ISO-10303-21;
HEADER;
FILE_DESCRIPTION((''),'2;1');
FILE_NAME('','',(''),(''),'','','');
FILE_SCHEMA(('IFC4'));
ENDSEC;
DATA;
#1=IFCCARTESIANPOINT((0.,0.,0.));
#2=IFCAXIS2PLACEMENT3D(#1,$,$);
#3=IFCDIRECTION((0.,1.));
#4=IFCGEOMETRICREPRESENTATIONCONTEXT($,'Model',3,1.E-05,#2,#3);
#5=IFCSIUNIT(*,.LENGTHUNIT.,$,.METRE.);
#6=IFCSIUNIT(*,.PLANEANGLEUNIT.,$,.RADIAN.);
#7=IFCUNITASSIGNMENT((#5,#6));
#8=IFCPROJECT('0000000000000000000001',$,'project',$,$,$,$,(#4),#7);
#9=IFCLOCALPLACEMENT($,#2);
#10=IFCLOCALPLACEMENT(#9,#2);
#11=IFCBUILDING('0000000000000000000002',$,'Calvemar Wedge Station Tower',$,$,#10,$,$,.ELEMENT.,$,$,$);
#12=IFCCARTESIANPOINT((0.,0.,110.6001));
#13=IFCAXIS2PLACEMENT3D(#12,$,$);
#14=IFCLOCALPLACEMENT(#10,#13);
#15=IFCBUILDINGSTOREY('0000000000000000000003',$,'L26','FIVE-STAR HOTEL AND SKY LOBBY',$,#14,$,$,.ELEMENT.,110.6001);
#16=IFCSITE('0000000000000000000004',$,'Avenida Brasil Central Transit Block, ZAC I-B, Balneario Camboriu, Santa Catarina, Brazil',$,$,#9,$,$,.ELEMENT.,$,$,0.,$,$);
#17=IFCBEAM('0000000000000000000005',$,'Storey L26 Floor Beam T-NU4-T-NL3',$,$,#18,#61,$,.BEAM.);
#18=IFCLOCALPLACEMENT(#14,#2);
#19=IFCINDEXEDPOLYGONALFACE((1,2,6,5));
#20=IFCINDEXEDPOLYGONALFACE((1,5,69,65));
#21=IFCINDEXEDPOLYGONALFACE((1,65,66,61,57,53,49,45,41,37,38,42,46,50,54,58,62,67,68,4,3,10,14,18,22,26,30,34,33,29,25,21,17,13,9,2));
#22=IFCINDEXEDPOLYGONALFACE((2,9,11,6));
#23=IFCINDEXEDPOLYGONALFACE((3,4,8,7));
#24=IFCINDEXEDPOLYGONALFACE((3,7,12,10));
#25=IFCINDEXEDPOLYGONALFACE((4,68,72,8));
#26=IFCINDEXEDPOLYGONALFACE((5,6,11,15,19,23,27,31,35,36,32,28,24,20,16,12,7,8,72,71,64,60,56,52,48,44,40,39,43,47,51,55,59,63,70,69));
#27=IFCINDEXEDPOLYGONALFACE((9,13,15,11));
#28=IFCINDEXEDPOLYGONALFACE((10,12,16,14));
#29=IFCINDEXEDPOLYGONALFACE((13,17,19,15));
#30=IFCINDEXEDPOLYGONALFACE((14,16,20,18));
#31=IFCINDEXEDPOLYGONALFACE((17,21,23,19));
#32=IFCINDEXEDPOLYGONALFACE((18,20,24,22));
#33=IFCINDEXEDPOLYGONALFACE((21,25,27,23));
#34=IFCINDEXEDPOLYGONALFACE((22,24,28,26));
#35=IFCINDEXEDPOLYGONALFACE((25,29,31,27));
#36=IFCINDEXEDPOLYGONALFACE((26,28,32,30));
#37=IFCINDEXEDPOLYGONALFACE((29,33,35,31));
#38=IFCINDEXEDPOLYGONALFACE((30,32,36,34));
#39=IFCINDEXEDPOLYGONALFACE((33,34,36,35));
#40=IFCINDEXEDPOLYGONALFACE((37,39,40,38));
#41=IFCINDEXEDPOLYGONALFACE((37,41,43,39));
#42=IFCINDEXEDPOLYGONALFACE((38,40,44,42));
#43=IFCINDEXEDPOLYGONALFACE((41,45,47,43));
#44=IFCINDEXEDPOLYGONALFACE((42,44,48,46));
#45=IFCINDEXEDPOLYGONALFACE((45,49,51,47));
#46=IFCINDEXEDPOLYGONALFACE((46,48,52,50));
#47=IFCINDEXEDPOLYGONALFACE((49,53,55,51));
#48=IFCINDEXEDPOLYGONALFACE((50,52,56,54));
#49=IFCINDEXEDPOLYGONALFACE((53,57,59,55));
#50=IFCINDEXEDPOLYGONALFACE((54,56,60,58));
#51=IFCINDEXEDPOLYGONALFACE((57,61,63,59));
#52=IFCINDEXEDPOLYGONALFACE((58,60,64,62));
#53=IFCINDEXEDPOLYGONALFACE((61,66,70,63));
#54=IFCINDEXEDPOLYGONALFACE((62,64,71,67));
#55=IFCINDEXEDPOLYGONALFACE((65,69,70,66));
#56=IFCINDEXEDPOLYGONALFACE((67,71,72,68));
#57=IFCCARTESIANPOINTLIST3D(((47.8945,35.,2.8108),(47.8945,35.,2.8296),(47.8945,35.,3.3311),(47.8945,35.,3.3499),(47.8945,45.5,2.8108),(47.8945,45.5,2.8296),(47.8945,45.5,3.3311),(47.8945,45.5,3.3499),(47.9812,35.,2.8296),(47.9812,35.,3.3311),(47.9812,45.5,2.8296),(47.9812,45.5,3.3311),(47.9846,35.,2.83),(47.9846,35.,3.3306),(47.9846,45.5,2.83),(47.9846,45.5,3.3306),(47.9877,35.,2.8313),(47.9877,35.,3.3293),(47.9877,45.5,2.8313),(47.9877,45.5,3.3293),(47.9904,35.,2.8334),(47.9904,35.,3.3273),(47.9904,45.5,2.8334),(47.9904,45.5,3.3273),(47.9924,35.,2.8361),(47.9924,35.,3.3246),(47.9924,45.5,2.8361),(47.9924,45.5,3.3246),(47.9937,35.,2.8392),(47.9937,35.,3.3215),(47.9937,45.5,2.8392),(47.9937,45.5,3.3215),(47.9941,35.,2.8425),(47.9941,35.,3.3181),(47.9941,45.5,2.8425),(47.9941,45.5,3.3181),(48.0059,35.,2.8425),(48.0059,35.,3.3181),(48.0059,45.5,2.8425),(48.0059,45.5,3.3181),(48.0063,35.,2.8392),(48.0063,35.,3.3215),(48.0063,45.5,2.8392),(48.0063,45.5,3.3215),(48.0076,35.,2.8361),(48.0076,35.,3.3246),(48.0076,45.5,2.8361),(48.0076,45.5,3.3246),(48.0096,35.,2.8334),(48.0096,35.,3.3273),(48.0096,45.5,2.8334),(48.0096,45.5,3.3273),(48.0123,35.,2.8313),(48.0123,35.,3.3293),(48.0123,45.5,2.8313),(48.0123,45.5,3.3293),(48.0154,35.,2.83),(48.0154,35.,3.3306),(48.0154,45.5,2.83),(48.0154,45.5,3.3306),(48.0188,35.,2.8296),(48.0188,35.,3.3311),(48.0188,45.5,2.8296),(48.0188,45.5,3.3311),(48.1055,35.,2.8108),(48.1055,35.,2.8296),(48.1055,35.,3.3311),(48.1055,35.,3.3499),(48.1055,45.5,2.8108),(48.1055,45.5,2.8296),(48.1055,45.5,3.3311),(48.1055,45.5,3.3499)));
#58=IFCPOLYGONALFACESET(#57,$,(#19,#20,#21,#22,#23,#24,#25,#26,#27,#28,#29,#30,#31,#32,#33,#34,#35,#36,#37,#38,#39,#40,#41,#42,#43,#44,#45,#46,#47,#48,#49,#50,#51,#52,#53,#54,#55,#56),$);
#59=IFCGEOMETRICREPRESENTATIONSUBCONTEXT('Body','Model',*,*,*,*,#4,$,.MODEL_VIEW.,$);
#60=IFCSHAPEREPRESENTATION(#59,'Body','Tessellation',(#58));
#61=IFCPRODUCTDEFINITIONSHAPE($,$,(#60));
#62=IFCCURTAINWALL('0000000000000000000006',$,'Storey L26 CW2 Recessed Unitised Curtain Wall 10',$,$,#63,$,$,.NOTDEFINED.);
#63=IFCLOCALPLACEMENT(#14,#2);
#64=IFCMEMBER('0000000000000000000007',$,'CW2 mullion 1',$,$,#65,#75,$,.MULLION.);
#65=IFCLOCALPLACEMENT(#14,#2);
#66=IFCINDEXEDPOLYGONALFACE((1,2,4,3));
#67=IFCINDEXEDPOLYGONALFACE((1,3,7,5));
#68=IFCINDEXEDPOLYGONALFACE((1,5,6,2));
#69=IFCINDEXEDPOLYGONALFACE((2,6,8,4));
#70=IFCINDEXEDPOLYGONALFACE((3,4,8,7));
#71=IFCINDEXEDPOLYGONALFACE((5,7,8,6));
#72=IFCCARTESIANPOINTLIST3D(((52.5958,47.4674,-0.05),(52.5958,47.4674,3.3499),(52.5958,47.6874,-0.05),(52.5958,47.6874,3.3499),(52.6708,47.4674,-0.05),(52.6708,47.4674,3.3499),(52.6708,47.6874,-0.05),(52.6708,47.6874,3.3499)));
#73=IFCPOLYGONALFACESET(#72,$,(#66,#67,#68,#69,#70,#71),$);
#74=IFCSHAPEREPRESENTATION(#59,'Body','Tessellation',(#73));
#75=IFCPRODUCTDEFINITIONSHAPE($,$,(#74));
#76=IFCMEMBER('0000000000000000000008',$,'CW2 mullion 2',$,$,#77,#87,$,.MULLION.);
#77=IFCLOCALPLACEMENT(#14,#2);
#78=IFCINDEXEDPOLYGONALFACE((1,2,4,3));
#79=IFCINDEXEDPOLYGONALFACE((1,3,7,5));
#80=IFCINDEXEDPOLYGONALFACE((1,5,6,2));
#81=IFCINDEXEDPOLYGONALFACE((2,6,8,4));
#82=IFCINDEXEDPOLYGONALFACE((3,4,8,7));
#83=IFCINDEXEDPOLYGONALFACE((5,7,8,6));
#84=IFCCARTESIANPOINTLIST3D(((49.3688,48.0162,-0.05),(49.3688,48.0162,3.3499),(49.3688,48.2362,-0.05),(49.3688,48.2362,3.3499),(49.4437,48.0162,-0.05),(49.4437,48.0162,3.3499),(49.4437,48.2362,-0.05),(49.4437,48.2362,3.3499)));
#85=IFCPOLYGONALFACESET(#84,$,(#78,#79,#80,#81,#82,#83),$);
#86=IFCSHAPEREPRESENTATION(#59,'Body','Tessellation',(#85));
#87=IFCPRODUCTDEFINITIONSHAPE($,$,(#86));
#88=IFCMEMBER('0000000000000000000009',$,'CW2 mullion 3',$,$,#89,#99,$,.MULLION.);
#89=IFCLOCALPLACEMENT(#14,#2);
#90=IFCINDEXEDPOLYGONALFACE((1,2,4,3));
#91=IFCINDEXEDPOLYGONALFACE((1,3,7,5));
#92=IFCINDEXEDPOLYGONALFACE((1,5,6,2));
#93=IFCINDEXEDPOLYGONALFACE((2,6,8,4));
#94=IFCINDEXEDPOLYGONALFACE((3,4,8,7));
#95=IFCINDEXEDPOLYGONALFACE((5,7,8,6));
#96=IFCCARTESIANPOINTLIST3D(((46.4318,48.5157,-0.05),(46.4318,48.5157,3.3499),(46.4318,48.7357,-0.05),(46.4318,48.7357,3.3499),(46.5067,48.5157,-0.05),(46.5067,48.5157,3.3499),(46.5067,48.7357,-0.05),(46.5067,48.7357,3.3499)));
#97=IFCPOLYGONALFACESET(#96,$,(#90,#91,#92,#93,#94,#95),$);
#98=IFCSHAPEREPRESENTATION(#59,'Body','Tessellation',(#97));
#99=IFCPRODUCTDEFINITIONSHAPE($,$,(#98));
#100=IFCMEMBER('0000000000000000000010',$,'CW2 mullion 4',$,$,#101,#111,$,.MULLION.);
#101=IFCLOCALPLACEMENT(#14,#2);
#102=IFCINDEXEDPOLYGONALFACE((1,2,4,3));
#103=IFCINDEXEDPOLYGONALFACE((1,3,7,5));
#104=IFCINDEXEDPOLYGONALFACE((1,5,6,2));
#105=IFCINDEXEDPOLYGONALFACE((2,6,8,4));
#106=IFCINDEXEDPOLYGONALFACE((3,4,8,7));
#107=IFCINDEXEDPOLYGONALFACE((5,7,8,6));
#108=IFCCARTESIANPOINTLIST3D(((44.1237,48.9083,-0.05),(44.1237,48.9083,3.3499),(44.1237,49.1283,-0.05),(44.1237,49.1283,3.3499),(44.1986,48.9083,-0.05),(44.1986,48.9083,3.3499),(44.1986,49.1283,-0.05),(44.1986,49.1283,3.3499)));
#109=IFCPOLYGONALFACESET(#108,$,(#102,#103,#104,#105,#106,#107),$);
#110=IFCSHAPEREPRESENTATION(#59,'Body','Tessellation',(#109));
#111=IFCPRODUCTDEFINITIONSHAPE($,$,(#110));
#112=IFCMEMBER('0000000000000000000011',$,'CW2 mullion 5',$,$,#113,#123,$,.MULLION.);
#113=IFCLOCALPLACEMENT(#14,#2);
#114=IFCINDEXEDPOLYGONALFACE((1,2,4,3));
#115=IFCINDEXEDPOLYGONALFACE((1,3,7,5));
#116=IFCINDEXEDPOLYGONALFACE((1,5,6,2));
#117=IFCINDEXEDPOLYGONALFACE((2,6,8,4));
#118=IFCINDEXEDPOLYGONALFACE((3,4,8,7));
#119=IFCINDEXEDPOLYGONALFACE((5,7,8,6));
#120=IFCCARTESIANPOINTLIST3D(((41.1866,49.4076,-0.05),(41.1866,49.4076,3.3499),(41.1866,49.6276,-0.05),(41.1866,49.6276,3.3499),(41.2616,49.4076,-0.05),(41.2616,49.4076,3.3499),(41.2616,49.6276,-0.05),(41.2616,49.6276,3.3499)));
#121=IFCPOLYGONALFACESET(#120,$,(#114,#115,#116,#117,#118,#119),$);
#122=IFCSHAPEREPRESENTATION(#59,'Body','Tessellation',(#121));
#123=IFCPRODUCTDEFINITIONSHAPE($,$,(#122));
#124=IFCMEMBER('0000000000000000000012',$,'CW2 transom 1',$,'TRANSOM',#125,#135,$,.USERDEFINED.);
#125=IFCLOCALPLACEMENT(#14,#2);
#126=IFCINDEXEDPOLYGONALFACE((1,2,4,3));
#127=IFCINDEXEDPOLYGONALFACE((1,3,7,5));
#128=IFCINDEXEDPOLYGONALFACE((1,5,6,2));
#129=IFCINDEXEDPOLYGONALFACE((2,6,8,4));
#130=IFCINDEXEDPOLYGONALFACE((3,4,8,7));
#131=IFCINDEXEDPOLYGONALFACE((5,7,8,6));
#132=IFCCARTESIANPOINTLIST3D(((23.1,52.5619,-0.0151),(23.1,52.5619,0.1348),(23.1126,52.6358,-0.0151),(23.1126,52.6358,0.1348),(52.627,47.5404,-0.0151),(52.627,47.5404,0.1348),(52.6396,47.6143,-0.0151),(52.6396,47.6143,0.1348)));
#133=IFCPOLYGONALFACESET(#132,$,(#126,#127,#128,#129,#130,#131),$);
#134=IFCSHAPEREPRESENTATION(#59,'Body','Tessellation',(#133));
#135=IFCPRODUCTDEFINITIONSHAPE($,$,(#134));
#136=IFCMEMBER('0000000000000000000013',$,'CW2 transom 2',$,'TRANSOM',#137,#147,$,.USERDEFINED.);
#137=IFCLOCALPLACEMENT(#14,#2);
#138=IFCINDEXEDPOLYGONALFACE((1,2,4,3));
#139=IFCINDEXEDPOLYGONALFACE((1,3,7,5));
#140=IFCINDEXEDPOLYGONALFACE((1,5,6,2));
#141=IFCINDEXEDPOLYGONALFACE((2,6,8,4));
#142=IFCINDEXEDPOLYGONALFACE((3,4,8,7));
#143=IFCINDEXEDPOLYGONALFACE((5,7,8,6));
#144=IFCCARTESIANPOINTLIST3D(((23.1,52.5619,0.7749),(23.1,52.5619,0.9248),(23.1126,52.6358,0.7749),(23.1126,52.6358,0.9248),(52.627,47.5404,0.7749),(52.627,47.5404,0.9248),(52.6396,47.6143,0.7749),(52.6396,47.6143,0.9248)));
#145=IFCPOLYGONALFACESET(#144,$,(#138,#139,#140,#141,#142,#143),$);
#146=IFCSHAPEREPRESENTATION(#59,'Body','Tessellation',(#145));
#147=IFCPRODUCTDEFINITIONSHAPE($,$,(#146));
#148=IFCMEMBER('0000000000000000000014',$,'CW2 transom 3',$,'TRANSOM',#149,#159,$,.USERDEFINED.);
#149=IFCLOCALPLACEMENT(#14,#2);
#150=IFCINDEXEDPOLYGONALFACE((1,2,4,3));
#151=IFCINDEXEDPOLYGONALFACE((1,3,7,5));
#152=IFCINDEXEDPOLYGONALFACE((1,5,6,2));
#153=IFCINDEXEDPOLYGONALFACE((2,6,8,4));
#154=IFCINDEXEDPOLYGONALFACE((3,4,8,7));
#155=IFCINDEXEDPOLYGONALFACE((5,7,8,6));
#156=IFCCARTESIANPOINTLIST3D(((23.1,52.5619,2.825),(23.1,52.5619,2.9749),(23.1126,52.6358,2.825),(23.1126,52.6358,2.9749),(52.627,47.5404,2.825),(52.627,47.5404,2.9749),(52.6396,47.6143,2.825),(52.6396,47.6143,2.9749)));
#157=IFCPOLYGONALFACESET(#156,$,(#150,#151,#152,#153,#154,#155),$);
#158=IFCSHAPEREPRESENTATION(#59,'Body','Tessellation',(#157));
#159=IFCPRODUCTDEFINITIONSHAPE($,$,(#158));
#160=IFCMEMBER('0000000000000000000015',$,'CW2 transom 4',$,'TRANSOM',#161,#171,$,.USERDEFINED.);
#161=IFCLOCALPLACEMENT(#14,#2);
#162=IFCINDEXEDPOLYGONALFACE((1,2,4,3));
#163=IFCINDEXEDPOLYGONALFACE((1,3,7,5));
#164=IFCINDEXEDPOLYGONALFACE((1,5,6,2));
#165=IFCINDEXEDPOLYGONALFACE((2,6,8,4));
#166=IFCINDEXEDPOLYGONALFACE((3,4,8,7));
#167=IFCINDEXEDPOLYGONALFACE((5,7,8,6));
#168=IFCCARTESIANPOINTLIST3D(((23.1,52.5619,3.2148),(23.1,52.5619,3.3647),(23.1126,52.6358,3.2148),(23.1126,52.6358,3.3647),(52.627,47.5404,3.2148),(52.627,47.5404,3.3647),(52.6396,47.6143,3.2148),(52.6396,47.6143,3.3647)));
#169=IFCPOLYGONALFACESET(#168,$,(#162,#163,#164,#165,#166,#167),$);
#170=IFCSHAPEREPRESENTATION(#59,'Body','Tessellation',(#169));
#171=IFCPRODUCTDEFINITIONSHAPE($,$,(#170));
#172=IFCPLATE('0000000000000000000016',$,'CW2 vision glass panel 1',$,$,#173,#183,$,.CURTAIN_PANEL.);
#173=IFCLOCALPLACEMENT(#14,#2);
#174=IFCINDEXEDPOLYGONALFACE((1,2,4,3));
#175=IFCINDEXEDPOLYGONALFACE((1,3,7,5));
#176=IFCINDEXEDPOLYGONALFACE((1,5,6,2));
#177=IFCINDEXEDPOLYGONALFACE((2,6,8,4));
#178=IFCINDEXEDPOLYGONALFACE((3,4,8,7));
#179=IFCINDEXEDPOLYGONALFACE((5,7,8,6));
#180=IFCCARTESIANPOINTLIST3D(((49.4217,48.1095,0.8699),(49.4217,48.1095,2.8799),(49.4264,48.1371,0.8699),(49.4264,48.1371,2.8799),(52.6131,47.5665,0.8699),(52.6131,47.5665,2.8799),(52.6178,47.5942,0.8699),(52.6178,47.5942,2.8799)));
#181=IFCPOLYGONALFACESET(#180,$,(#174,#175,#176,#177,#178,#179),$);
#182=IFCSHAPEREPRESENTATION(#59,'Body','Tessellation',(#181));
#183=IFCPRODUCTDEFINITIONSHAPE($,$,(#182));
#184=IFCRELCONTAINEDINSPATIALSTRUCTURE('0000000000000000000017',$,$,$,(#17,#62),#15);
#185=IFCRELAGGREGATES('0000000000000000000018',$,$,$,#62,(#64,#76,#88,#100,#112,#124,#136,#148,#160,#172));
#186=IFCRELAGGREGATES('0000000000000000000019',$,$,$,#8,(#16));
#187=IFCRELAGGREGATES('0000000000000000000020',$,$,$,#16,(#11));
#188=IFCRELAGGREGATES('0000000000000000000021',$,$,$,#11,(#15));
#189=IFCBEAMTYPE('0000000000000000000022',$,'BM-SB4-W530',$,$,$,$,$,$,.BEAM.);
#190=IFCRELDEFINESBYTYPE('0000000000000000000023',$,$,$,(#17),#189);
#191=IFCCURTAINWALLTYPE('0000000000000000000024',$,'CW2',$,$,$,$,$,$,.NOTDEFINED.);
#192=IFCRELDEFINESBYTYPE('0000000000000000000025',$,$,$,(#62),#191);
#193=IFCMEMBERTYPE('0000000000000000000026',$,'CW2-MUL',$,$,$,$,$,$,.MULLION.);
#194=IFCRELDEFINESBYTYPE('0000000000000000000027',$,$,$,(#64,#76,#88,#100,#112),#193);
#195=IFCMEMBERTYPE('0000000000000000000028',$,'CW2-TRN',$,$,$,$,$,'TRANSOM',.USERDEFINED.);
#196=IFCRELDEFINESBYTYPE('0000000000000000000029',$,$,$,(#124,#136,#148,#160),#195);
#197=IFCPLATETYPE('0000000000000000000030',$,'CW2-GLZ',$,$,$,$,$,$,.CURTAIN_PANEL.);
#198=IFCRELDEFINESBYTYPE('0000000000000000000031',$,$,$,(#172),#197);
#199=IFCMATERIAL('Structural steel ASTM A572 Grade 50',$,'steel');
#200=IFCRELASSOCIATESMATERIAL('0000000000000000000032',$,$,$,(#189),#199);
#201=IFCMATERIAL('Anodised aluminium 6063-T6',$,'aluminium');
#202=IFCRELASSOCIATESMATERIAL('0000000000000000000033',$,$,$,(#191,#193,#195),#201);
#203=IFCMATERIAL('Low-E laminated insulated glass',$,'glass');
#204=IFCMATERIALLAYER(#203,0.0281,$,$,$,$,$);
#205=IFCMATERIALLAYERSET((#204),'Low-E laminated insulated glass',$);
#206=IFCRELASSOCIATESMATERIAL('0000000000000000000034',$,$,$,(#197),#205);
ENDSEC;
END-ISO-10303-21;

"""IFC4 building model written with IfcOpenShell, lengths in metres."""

from ifc_helpers import new_model, si_unit, direction, frame, frame_2d, origin, origin_2d, place, context, subcontext, project, spatial, rectangle, i_section, extrude, source, transform, mapped, material, layer, layer_set, material_profile, profile_set, type_object, element, aggregate, save


model = new_model("IFC4")

# Units and contexts
model_context = context("Model", 3, precision=1e-05, world=origin(), true_north=direction((0.0, 1.0)))
body_context = subcontext(model_context, "Body", "Model", "MODEL_VIEW")
ifc_project = project(units=[si_unit("LENGTHUNIT", "METRE"), si_unit("PLANEANGLEUNIT", "RADIAN")], contexts=[model_context])

# Site, building, storey
site_placement = place(None, origin())
site = spatial("IfcSite", under=ifc_project, at=site_placement, Name="Avenida Brasil Central Transit Block, ZAC I-B, Balneario Camboriu, Santa Catarina, Brazil", CompositionType="ELEMENT", RefElevation=0.0)
building_placement = place(site_placement, origin())
building = spatial("IfcBuilding", under=site, at=building_placement, Name="Calvemar Wedge Station Tower", CompositionType="ELEMENT")
storey_placement = place(building_placement, frame((0.0, 0.0, 110.6001)))
storey = spatial("IfcBuildingStorey", under=building, at=storey_placement, Name="L26", Description="FIVE-STAR HOTEL AND SKY LOBBY", CompositionType="ELEMENT", Elevation=110.6001)

# Beam
ifc_material_1 = material(Name="Structural steel ASTM A572 Grade 50", Category="steel")
ifc_material_profile_1 = material_profile(ifc_material_1, i_section(OverallWidth=0.2109, OverallDepth=0.5391, WebThickness=0.0117, FlangeThickness=0.0188, FilletRadius=0.0129, at=origin_2d()), Name="W530x109")
ifc_profile_set_1 = profile_set([ifc_material_profile_1], Name="Structural steel ASTM A572 Grade 50")
beam_type = type_object("IfcBeamType", Name="BM-SB4-W530", PredefinedType="BEAM", material=ifc_profile_set_1)
shared_shape_1 = source(origin(), body_context, "Body", "SweptSolid", [
    extrude(i_section(OverallWidth=0.2109, OverallDepth=0.5391, WebThickness=0.0117, FlangeThickness=0.0188, FilletRadius=0.0129, at=origin_2d()), origin(), (0.0, 0.0, 1.0), 10.5),
])
beam_placement = place(storey_placement, frame((48.0, 45.5, 3.0803), z_axis=(0.0, -1.0, 0.0), x_axis=(1.0, 0.0, 0.0)))
element("IfcBeam", 1, at=beam_placement, inside=storey, type_object=beam_type, Name="Storey L26 Floor Beam T-NU4-T-NL3", PredefinedType="BEAM", context=body_context, shape_type="MappedRepresentation", body=[
    mapped(shared_shape_1, transform((0.0, 0.0, 0.0), scale=1.0)),
])

# Curtain wall, members, plate
ifc_material_2 = material(Name="Anodised aluminium 6063-T6", Category="aluminium")
curtain_wall_type = type_object("IfcCurtainWallType", Name="CW2", PredefinedType="NOTDEFINED", material=ifc_material_2)
curtain_wall_placement = place(storey_placement, origin())
curtain_wall = element("IfcCurtainWall", 2, at=curtain_wall_placement, inside=storey, type_object=curtain_wall_type, Name="Storey L26 CW2 Recessed Unitised Curtain Wall 10", PredefinedType="NOTDEFINED")
ifc_material_profile_2 = material_profile(ifc_material_2, rectangle(XDim=0.075, YDim=0.22, at=origin_2d()), Name="AL-MUL-75x220")
ifc_profile_set_2 = profile_set([ifc_material_profile_2], Name="Anodised aluminium 6063-T6")
member_type_1 = type_object("IfcMemberType", Name="CW2-MUL", PredefinedType="MULLION", material=ifc_profile_set_2)
shared_shape_2 = source(origin(), body_context, "Body", "SweptSolid", [
    extrude(rectangle(XDim=0.075, YDim=0.22, at=origin_2d()), origin(), (0.0, 0.0, 1.0), 3.3999),
])
member_1_placement = place(storey_placement, frame((52.6333, 47.5774, -0.05), z_axis=(0.0, 0.0, 1.0), x_axis=(1.0, 0.0, 0.0)))
member_1 = element("IfcMember", 3, at=member_1_placement, type_object=member_type_1, Name="CW2 mullion 1", PredefinedType="MULLION", context=body_context, shape_type="MappedRepresentation", body=[
    mapped(shared_shape_2, transform((0.0, 0.0, 0.0), scale=1.0)),
])
member_2_placement = place(storey_placement, frame((49.4062, 48.1262, -0.05), z_axis=(0.0, 0.0, 1.0), x_axis=(1.0, 0.0, 0.0)))
member_2 = element("IfcMember", 4, at=member_2_placement, type_object=member_type_1, Name="CW2 mullion 2", PredefinedType="MULLION", context=body_context, shape_type="MappedRepresentation", body=[
    mapped(shared_shape_2, transform((0.0, 0.0, 0.0), scale=1.0)),
])
member_3_placement = place(storey_placement, frame((46.4692, 48.6257, -0.05), z_axis=(0.0, 0.0, 1.0), x_axis=(1.0, 0.0, 0.0)))
member_3 = element("IfcMember", 5, at=member_3_placement, type_object=member_type_1, Name="CW2 mullion 3", PredefinedType="MULLION", context=body_context, shape_type="MappedRepresentation", body=[
    mapped(shared_shape_2, transform((0.0, 0.0, 0.0), scale=1.0)),
])
member_4_placement = place(storey_placement, frame((44.1611, 49.0183, -0.05), z_axis=(0.0, 0.0, 1.0), x_axis=(1.0, 0.0, 0.0)))
member_4 = element("IfcMember", 6, at=member_4_placement, type_object=member_type_1, Name="CW2 mullion 4", PredefinedType="MULLION", context=body_context, shape_type="MappedRepresentation", body=[
    mapped(shared_shape_2, transform((0.0, 0.0, 0.0), scale=1.0)),
])
member_5_placement = place(storey_placement, frame((41.2241, 49.5176, -0.05), z_axis=(0.0, 0.0, 1.0), x_axis=(1.0, 0.0, 0.0)))
member_5 = element("IfcMember", 7, at=member_5_placement, type_object=member_type_1, Name="CW2 mullion 5", PredefinedType="MULLION", context=body_context, shape_type="MappedRepresentation", body=[
    mapped(shared_shape_2, transform((0.0, 0.0, 0.0), scale=1.0)),
])
ifc_material_profile_3 = material_profile(ifc_material_2, rectangle(XDim=0.075, YDim=0.1499, at=origin_2d()), Name="AL-TRN-75x150")
ifc_profile_set_3 = profile_set([ifc_material_profile_3], Name="Anodised aluminium 6063-T6")
member_type_2 = type_object("IfcMemberType", Name="CW2-TRN", ElementType="TRANSOM", PredefinedType="USERDEFINED", material=ifc_profile_set_3)
shared_shape_3 = source(origin(), body_context, "Body", "SweptSolid", [
    extrude(rectangle(XDim=0.075, YDim=0.1499, at=origin_2d()), origin(), (0.0, 0.0, 1.0), 29.9509),
])
member_6_placement = place(storey_placement, frame((52.6333, 47.5774, 0.0598), z_axis=(-0.985845, 0.167656, 0.0), x_axis=(-0.167656, -0.985845, 0.0)))
member_6 = element("IfcMember", 8, at=member_6_placement, type_object=member_type_2, Name="CW2 transom 1", ObjectType="TRANSOM", PredefinedType="USERDEFINED", context=body_context, shape_type="MappedRepresentation", body=[
    mapped(shared_shape_3, transform((0.0, 0.0, 0.0), scale=1.0)),
])
member_7_placement = place(storey_placement, frame((52.6333, 47.5774, 0.8499), z_axis=(-0.985845, 0.167656, 0.0), x_axis=(-0.167656, -0.985845, 0.0)))
member_7 = element("IfcMember", 9, at=member_7_placement, type_object=member_type_2, Name="CW2 transom 2", ObjectType="TRANSOM", PredefinedType="USERDEFINED", context=body_context, shape_type="MappedRepresentation", body=[
    mapped(shared_shape_3, transform((0.0, 0.0, 0.0), scale=1.0)),
])
member_8_placement = place(storey_placement, frame((52.6333, 47.5774, 2.8999), z_axis=(-0.985845, 0.167656, 0.0), x_axis=(-0.167656, -0.985845, 0.0)))
member_8 = element("IfcMember", 10, at=member_8_placement, type_object=member_type_2, Name="CW2 transom 3", ObjectType="TRANSOM", PredefinedType="USERDEFINED", context=body_context, shape_type="MappedRepresentation", body=[
    mapped(shared_shape_3, transform((0.0, 0.0, 0.0), scale=1.0)),
])
member_9_placement = place(storey_placement, frame((52.6333, 47.5774, 3.2898), z_axis=(-0.985845, 0.167656, 0.0), x_axis=(-0.167656, -0.985845, 0.0)))
member_9 = element("IfcMember", 11, at=member_9_placement, type_object=member_type_2, Name="CW2 transom 4", ObjectType="TRANSOM", PredefinedType="USERDEFINED", context=body_context, shape_type="MappedRepresentation", body=[
    mapped(shared_shape_3, transform((0.0, 0.0, 0.0), scale=1.0)),
])
ifc_material_3 = material(Name="Low-E laminated insulated glass", Category="glass")
ifc_layer_1 = layer(ifc_material_3, 0.0281)
ifc_layer_set_1 = layer_set([ifc_layer_1], Name="Low-E laminated insulated glass")
plate_type_1 = type_object("IfcPlateType", Name="CW2-GLZ", PredefinedType="CURTAIN_PANEL", material=ifc_layer_set_1)
plate_1_placement = place(storey_placement, frame((52.6155, 47.5803, 0.8699), z_axis=(0.0, 0.0, 1.0), x_axis=(-0.985834, 0.167724, 0.0)))
plate_1 = element("IfcPlate", 12, at=plate_1_placement, type_object=plate_type_1, Name="CW2 vision glass panel 1", PredefinedType="CURTAIN_PANEL", context=body_context, shape_type="SweptSolid", body=[
    extrude(rectangle(XDim=3.2373, YDim=0.0281, at=frame_2d((1.6187, 0.0))), origin(), (0.0, 0.0, 1.0), 2.01),
])
aggregate(curtain_wall, [member_1, member_2, member_3, member_4, member_5, member_6, member_7, member_8, member_9, plate_1])

save(model, "model.ifc")
